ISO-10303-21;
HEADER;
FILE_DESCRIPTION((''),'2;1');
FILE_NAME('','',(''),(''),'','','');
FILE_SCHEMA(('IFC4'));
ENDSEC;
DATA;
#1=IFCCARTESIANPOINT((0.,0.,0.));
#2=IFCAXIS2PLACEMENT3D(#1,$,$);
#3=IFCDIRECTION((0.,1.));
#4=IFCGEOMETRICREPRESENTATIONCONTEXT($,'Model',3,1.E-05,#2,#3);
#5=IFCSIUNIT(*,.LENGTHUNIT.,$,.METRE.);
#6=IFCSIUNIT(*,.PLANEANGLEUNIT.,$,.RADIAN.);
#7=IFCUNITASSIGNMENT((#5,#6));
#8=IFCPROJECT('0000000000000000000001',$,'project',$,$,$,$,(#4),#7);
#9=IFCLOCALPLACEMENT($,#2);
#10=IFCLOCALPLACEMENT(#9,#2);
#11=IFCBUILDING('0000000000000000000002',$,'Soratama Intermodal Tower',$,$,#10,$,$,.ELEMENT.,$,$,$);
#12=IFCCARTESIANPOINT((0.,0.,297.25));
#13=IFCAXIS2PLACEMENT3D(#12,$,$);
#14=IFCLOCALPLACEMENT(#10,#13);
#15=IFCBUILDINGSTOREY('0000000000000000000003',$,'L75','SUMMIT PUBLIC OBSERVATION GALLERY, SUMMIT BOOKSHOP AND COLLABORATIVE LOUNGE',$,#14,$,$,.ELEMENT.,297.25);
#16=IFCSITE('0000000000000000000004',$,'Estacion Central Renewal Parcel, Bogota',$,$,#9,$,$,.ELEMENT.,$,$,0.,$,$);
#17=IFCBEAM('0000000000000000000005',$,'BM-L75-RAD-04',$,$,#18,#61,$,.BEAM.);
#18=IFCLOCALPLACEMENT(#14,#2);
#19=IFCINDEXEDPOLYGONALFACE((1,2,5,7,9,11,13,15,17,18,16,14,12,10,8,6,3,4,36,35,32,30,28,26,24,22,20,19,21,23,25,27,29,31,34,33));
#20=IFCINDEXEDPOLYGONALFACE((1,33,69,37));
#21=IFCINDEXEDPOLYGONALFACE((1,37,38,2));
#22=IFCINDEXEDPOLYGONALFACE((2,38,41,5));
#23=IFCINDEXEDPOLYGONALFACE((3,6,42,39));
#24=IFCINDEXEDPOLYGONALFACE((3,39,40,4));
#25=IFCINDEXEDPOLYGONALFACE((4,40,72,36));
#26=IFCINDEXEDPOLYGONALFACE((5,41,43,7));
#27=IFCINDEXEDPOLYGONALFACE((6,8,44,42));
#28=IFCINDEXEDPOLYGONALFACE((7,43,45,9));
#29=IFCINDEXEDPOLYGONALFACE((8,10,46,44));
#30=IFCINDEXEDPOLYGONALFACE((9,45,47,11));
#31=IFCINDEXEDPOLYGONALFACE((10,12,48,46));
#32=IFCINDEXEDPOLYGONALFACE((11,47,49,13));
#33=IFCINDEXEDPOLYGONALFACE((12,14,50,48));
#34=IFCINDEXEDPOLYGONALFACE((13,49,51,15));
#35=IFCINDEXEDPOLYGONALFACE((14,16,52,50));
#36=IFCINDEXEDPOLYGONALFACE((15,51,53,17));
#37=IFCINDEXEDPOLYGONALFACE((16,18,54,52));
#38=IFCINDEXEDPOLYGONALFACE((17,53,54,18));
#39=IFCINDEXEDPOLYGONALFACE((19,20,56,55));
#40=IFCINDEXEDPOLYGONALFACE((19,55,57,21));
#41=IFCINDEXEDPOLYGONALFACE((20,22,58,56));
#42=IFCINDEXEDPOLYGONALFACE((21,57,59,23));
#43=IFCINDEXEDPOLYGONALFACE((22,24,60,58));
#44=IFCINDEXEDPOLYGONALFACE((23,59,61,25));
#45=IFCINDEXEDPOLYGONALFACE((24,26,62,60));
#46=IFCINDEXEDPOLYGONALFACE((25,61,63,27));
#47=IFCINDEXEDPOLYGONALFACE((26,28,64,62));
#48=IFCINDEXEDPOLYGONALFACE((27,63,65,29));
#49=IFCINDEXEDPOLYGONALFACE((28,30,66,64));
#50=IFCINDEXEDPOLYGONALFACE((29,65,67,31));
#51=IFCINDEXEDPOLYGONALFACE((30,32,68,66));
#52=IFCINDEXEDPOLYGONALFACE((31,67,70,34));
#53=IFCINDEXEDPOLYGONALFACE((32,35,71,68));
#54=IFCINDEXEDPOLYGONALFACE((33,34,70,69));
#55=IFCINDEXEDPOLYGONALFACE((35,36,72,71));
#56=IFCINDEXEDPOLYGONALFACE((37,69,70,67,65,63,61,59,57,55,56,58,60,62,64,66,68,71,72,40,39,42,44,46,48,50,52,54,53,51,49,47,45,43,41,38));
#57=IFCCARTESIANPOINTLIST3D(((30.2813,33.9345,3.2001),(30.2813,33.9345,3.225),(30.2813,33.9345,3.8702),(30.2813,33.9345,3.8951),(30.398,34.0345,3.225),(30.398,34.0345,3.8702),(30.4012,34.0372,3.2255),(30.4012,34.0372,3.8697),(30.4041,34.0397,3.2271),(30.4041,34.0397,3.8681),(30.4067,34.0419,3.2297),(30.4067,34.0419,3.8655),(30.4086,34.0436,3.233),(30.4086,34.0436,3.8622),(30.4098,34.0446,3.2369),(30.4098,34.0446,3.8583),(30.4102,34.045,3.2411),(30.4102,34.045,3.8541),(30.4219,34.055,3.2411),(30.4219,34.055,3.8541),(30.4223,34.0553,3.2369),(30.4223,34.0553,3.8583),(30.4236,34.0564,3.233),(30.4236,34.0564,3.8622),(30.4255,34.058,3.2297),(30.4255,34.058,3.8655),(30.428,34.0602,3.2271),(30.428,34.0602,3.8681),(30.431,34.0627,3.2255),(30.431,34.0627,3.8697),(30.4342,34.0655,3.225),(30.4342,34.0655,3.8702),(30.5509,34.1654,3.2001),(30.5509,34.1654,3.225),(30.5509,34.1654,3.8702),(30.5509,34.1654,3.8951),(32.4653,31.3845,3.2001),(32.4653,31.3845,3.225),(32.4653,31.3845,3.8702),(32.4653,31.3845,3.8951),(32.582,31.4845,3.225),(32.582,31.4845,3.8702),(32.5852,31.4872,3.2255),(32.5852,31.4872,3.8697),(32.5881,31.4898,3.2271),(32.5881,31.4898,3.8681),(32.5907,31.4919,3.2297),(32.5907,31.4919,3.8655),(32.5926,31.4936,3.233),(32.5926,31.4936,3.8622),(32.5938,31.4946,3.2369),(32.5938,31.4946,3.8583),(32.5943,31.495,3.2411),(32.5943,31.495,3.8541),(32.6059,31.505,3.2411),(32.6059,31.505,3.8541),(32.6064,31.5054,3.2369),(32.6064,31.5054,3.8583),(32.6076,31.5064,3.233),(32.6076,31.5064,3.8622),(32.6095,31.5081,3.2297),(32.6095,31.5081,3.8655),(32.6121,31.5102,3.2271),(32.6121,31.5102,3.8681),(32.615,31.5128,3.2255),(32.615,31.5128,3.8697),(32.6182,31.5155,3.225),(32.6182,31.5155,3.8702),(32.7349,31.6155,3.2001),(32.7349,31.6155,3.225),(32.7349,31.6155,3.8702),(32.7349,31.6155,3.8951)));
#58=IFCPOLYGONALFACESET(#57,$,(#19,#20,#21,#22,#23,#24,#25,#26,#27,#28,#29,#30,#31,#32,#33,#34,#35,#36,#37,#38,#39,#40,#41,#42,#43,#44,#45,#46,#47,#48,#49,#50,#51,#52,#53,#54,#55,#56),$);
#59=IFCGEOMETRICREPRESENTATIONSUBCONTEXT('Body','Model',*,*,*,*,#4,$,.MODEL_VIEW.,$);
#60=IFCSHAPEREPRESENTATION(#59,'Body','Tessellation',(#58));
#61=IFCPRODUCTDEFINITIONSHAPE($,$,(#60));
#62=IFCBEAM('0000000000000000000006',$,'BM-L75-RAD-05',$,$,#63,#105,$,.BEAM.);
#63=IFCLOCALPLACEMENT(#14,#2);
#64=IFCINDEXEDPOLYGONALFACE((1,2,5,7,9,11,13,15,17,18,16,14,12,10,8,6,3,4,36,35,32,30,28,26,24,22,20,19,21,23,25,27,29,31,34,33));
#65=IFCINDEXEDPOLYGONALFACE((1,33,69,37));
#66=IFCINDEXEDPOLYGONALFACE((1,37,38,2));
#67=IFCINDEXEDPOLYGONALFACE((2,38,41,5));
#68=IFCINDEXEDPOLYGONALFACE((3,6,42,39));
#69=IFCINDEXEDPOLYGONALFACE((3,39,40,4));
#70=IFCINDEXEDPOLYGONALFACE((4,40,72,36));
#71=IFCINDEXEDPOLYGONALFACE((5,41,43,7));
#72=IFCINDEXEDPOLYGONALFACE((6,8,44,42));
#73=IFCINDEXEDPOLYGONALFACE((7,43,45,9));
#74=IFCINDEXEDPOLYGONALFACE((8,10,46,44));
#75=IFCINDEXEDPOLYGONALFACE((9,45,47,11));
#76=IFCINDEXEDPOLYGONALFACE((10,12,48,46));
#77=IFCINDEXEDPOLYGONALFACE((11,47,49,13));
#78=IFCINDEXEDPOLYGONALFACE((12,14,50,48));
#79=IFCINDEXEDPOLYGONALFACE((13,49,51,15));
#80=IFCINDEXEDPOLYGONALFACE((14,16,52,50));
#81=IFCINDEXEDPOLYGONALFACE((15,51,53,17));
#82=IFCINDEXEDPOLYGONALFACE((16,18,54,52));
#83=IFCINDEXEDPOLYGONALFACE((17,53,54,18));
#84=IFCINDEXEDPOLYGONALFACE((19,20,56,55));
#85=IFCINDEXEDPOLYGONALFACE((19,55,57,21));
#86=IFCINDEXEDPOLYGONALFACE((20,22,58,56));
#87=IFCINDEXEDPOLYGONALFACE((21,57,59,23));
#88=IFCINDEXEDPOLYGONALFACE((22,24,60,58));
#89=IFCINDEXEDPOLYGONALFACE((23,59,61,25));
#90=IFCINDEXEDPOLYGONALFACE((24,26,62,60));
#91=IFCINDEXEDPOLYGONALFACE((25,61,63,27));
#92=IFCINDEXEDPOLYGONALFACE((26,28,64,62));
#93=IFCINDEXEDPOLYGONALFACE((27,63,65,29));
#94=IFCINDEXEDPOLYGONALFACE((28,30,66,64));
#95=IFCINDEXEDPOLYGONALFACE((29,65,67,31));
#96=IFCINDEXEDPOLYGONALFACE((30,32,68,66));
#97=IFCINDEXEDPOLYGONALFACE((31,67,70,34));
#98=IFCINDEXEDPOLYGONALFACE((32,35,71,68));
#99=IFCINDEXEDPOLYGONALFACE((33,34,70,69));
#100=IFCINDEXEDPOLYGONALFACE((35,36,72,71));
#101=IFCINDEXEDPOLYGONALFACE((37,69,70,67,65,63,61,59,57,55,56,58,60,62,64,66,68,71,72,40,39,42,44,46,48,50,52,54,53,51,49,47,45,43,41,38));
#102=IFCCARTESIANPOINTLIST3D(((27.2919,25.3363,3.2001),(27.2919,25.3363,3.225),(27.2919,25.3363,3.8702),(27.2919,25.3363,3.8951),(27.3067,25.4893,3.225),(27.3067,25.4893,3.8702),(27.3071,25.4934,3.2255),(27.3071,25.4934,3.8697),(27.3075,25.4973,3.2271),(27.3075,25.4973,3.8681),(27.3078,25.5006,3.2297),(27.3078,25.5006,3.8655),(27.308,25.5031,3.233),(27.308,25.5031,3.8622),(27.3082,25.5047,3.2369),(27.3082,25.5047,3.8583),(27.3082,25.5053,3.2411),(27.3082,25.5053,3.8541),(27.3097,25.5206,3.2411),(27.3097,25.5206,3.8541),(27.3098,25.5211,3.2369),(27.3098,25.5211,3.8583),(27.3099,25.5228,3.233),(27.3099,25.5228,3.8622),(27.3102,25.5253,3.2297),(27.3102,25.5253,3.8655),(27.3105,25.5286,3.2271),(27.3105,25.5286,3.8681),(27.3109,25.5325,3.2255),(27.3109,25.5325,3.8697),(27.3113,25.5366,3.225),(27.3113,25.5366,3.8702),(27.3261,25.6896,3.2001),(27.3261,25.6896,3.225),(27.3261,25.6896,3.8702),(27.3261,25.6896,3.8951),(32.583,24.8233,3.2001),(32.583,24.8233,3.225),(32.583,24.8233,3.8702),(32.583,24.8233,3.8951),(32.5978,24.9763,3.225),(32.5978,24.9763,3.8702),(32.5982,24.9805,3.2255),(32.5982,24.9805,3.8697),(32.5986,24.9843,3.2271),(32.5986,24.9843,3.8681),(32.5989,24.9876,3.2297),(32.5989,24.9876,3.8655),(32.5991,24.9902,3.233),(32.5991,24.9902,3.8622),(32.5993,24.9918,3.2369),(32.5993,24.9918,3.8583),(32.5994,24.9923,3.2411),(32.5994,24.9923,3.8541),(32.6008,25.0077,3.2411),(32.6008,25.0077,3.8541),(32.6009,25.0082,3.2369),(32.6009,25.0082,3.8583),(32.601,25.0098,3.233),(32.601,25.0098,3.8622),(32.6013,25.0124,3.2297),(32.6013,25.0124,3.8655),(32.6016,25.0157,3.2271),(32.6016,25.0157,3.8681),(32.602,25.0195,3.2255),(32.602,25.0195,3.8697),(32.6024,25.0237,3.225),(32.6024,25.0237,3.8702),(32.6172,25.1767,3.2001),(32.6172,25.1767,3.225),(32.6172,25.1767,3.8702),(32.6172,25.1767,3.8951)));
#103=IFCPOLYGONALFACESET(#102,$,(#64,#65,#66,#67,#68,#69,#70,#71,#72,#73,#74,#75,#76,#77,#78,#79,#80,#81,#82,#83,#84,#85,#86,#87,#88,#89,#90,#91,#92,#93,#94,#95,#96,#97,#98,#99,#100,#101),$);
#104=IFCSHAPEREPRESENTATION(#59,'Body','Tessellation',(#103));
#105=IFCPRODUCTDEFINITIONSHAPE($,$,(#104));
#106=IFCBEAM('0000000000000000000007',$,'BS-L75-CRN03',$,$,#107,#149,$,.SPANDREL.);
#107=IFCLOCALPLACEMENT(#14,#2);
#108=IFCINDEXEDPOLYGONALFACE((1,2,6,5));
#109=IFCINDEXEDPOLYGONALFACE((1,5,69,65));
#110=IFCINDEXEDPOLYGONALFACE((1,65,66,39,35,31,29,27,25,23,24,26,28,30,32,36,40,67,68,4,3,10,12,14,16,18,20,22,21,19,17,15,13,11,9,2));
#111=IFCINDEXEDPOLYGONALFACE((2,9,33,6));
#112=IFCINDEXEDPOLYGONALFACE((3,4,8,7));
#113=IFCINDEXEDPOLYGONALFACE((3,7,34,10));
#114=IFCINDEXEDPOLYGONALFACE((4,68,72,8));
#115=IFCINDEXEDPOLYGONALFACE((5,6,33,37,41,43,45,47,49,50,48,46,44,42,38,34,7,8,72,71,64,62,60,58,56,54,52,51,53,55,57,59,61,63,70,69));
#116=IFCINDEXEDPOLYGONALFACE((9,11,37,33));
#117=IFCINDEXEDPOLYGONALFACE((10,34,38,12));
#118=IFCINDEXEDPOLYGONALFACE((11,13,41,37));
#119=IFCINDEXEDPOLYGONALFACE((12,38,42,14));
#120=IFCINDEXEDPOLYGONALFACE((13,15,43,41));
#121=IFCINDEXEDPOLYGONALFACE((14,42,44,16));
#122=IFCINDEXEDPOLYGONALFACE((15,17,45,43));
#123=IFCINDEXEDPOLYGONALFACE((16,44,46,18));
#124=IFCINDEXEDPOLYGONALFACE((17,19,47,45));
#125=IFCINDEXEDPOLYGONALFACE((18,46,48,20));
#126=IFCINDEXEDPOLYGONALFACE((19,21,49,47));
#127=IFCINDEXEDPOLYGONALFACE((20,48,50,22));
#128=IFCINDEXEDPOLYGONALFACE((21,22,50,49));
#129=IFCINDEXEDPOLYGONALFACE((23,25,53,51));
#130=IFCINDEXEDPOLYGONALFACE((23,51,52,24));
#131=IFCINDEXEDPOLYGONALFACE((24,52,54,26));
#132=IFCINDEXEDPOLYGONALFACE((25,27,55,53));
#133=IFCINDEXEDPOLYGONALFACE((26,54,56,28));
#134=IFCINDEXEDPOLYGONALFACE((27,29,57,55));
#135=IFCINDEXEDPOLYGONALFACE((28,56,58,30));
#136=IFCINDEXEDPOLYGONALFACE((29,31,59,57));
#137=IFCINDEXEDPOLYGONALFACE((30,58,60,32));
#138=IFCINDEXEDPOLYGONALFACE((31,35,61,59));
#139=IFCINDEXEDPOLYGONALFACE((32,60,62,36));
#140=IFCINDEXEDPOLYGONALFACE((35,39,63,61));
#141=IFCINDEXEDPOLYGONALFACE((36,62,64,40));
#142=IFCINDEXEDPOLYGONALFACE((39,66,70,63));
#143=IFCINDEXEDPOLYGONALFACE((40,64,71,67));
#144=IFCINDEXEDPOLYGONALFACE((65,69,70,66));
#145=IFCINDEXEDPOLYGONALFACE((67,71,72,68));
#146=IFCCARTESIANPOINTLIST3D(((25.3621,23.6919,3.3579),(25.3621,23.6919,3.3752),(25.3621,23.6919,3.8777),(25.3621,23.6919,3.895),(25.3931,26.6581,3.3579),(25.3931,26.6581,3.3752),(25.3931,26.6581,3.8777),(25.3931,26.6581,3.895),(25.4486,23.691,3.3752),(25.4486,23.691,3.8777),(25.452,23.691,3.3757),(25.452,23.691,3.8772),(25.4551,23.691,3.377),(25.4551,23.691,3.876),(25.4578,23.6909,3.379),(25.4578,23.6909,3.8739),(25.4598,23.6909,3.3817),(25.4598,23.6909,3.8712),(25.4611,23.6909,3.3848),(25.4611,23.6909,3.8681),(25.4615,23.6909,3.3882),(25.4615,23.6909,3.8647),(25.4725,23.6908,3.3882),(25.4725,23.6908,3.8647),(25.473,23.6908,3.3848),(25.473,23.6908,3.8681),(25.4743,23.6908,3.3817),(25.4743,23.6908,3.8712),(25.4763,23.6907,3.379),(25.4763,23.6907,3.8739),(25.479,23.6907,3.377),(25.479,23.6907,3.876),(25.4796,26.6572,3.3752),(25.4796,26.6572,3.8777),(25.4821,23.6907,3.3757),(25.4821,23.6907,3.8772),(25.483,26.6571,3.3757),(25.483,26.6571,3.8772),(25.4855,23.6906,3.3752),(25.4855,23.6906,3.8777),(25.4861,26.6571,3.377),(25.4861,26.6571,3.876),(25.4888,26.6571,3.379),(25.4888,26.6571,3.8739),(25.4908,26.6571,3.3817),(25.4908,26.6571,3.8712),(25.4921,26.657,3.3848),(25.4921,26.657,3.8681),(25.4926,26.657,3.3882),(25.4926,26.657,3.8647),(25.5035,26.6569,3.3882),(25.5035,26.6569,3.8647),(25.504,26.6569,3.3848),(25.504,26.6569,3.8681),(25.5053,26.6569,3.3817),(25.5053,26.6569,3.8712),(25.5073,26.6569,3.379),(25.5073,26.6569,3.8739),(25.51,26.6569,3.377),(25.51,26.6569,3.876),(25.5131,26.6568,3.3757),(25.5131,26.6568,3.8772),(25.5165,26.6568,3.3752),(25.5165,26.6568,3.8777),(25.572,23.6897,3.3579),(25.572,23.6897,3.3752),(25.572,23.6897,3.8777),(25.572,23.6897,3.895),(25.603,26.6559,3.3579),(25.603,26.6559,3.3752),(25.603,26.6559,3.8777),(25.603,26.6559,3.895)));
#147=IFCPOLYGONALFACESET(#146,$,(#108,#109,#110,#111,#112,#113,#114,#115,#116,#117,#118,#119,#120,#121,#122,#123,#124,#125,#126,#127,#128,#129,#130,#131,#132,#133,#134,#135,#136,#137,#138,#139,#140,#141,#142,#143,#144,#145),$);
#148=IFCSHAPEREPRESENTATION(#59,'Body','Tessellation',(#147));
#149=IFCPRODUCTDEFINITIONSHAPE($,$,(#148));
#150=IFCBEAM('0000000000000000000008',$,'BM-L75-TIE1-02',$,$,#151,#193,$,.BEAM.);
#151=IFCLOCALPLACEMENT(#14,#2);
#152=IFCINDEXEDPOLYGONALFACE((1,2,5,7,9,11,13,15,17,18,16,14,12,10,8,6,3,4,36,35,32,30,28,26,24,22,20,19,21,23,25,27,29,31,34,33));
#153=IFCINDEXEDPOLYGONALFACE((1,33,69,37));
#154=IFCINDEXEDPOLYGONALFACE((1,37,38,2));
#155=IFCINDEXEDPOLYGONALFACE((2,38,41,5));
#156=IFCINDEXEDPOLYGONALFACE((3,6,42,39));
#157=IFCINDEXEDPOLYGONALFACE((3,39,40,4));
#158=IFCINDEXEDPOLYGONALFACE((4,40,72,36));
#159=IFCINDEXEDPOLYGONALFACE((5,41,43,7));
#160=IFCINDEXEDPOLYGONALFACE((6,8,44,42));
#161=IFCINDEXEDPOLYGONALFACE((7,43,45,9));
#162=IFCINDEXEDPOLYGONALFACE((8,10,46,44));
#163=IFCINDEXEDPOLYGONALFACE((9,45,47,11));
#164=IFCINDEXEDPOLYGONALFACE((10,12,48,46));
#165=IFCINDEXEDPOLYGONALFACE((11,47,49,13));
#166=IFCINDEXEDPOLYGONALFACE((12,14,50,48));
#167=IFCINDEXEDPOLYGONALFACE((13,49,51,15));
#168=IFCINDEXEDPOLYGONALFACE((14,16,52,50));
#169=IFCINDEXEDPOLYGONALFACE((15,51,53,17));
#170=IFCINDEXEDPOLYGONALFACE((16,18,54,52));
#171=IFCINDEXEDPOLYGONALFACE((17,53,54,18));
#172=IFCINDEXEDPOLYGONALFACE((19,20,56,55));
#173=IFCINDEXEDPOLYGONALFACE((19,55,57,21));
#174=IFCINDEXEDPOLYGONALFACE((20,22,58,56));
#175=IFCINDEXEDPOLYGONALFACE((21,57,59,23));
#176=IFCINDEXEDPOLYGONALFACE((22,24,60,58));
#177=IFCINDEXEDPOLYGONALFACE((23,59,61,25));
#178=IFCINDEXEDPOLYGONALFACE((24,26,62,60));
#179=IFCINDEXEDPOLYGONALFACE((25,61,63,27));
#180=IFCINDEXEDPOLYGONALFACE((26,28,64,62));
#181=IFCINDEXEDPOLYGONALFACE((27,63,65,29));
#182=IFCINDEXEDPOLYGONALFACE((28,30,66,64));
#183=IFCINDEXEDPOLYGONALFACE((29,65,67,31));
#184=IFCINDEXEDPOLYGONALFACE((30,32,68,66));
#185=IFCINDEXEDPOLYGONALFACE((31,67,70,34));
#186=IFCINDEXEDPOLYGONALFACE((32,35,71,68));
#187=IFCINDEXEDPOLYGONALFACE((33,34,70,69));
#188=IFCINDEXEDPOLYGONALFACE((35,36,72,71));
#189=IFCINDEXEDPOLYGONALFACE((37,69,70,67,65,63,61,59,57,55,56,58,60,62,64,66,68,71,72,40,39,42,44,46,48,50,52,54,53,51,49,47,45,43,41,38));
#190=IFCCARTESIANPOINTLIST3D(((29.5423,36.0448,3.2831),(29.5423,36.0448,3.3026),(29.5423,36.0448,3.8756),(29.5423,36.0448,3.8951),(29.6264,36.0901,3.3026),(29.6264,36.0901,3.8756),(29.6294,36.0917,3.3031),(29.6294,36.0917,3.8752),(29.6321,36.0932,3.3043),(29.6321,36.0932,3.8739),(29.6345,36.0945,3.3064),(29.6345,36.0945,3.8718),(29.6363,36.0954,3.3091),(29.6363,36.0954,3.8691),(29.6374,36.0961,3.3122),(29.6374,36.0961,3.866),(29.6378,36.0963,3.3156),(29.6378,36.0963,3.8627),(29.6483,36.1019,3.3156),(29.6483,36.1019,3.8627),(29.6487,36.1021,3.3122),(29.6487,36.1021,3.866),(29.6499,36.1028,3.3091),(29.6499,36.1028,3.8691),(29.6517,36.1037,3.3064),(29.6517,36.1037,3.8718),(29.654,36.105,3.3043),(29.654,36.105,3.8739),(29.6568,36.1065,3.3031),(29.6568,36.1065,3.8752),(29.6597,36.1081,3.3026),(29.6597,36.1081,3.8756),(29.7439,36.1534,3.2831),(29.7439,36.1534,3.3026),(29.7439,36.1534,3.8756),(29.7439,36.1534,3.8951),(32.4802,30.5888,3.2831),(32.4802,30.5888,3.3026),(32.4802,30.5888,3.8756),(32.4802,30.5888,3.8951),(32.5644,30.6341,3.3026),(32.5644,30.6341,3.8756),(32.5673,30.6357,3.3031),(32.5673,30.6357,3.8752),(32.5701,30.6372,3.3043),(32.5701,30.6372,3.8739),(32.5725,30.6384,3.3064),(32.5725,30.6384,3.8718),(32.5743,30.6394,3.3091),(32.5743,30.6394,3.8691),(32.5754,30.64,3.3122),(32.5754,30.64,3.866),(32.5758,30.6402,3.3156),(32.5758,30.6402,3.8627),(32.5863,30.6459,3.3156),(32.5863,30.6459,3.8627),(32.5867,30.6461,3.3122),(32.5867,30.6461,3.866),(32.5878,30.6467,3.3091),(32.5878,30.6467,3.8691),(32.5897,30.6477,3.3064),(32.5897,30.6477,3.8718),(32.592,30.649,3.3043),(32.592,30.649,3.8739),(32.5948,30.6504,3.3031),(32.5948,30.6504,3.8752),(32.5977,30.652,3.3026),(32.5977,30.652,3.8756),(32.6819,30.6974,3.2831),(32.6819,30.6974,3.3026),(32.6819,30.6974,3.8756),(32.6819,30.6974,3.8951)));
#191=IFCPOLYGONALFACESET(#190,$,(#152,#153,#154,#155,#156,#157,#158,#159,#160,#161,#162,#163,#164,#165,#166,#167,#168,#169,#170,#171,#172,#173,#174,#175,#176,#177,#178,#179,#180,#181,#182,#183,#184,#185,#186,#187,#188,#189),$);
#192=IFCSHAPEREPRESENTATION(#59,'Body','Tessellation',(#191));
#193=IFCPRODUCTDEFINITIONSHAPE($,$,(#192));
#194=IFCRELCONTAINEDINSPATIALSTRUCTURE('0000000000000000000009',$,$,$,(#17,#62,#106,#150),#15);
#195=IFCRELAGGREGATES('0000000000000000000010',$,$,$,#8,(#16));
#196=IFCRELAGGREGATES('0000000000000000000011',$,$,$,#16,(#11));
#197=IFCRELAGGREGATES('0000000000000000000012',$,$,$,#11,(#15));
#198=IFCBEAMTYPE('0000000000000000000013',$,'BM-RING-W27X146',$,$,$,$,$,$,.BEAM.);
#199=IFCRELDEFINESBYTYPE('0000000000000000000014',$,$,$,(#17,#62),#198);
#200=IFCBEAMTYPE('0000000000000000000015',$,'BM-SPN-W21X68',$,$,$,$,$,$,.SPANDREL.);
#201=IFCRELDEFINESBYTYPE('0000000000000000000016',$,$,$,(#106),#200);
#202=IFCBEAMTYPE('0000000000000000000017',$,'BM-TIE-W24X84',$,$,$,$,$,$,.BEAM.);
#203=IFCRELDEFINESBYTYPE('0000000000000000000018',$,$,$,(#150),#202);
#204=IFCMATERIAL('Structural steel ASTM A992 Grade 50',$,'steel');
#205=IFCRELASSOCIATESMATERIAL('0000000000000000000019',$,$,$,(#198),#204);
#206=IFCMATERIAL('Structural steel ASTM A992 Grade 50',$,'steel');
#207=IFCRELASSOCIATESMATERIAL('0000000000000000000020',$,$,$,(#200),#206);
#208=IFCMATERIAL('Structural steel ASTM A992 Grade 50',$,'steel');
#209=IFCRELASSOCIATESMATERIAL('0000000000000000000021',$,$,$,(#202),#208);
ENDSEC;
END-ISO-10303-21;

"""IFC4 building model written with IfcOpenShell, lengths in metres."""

from ifc_helpers import new_model, si_unit, direction, frame, origin, origin_2d, place, context, subcontext, project, spatial, i_section, extrude, material, material_profile, profile_set, type_object, element, save


model = new_model("IFC4")

# Units and contexts
model_context = context("Model", 3, precision=1e-05, world=origin(), true_north=direction((0.0, 1.0)))
body_context = subcontext(model_context, "Body", "Model", "MODEL_VIEW")
ifc_project = project(units=[si_unit("LENGTHUNIT", "METRE"), si_unit("PLANEANGLEUNIT", "RADIAN")], contexts=[model_context])

# Site, building, storey
site_placement = place(None, origin())
site = spatial("IfcSite", under=ifc_project, at=site_placement, Name="Estacion Central Renewal Parcel, Bogota", CompositionType="ELEMENT", RefElevation=0.0)
building_placement = place(site_placement, origin())
building = spatial("IfcBuilding", under=site, at=building_placement, Name="Soratama Intermodal Tower", CompositionType="ELEMENT")
storey_placement = place(building_placement, frame((0.0, 0.0, 297.25)))
storey = spatial("IfcBuildingStorey", under=building, at=storey_placement, Name="L75", Description="SUMMIT PUBLIC OBSERVATION GALLERY, SUMMIT BOOKSHOP AND COLLABORATIVE LOUNGE", CompositionType="ELEMENT", Elevation=297.25)

# Beams
ifc_material_1 = material(Name="Structural steel ASTM A992 Grade 50", Category="steel")
ifc_material_profile_1 = material_profile(ifc_material_1, i_section(OverallWidth=0.355, OverallDepth=0.6951, WebThickness=0.0154, FlangeThickness=0.0249, FilletRadius=0.0161, at=origin_2d()), Name="W27X146")
ifc_profile_set_1 = profile_set([ifc_material_profile_1], Name="Structural steel ASTM A992 Grade 50")
beam_type_1 = type_object("IfcBeamType", Name="BM-RING-W27X146", PredefinedType="BEAM", material=ifc_profile_set_1)
beam_1_placement = place(storey_placement, frame((32.6001, 31.5, 3.5476), z_axis=(-0.650504, 0.759503, 0.0), x_axis=(-0.759503, -0.650504, 0.0)))
element("IfcBeam", 1, at=beam_1_placement, inside=storey, type_object=beam_type_1, Name="BM-L75-RAD-04", PredefinedType="BEAM", context=body_context, shape_type="SweptSolid", body=[
    extrude(i_section(OverallWidth=0.355, OverallDepth=0.6951, WebThickness=0.0154, FlangeThickness=0.0249, FilletRadius=0.0161, at=origin_2d()), origin(), (0.0, 0.0, 1.0), 3.3574),
])
beam_2_placement = place(storey_placement, frame((32.6001, 25.0, 3.5476), z_axis=(-0.995334, 0.096493, 0.0), x_axis=(-0.096493, -0.995334, 0.0)))
element("IfcBeam", 2, at=beam_2_placement, inside=storey, type_object=beam_type_1, Name="BM-L75-RAD-05", PredefinedType="BEAM", context=body_context, shape_type="SweptSolid", body=[
    extrude(i_section(OverallWidth=0.355, OverallDepth=0.6951, WebThickness=0.0154, FlangeThickness=0.0249, FilletRadius=0.0161, at=origin_2d()), origin(), (0.0, 0.0, 1.0), 5.3159),
])
ifc_material_2 = material(Name="Structural steel ASTM A992 Grade 50", Category="steel")
ifc_material_profile_2 = material_profile(ifc_material_2, i_section(OverallWidth=0.21, OverallDepth=0.5371, WebThickness=0.011, FlangeThickness=0.0173, FilletRadius=0.0129, at=origin_2d()), Name="W21X68")
ifc_profile_set_2 = profile_set([ifc_material_profile_2], Name="Structural steel ASTM A992 Grade 50")
beam_type_2 = type_object("IfcBeamType", Name="BM-SPN-W21X68", PredefinedType="SPANDREL", material=ifc_profile_set_2)
beam_3_placement = place(storey_placement, frame((25.498, 26.657, 3.6265), z_axis=(-0.010453, -0.999945, 0.0), x_axis=(0.999945, -0.010453, 0.0)))
element("IfcBeam", 3, at=beam_3_placement, inside=storey, type_object=beam_type_2, Name="BS-L75-CRN03", PredefinedType="SPANDREL", context=body_context, shape_type="SweptSolid", body=[
    extrude(i_section(OverallWidth=0.21, OverallDepth=0.5371, WebThickness=0.011, FlangeThickness=0.0173, FilletRadius=0.0129, at=origin_2d()), origin(), (0.0, 0.0, 1.0), 2.9663),
])
ifc_material_3 = material(Name="Structural steel ASTM A992 Grade 50", Category="steel")
ifc_material_profile_3 = material_profile(ifc_material_3, i_section(OverallWidth=0.229, OverallDepth=0.6121, WebThickness=0.012, FlangeThickness=0.0195, FilletRadius=0.0129, at=origin_2d()), Name="W24X84")
ifc_profile_set_3 = profile_set([ifc_material_profile_3], Name="Structural steel ASTM A992 Grade 50")
beam_type_3 = type_object("IfcBeamType", Name="BM-TIE-W24X84", PredefinedType="BEAM", material=ifc_profile_set_3)
beam_4_placement = place(storey_placement, frame((32.5811, 30.6431, 3.5891), z_axis=(-0.474114, 0.880464, 0.0), x_axis=(-0.880464, -0.474114, 0.0)))
element("IfcBeam", 4, at=beam_4_placement, inside=storey, type_object=beam_type_3, Name="BM-L75-TIE1-02", PredefinedType="BEAM", context=body_context, shape_type="SweptSolid", body=[
    extrude(i_section(OverallWidth=0.229, OverallDepth=0.6121, WebThickness=0.012, FlangeThickness=0.0195, FilletRadius=0.0129, at=origin_2d()), origin(), (0.0, 0.0, 1.0), 6.1968),
])

save(model, "model.ifc")
